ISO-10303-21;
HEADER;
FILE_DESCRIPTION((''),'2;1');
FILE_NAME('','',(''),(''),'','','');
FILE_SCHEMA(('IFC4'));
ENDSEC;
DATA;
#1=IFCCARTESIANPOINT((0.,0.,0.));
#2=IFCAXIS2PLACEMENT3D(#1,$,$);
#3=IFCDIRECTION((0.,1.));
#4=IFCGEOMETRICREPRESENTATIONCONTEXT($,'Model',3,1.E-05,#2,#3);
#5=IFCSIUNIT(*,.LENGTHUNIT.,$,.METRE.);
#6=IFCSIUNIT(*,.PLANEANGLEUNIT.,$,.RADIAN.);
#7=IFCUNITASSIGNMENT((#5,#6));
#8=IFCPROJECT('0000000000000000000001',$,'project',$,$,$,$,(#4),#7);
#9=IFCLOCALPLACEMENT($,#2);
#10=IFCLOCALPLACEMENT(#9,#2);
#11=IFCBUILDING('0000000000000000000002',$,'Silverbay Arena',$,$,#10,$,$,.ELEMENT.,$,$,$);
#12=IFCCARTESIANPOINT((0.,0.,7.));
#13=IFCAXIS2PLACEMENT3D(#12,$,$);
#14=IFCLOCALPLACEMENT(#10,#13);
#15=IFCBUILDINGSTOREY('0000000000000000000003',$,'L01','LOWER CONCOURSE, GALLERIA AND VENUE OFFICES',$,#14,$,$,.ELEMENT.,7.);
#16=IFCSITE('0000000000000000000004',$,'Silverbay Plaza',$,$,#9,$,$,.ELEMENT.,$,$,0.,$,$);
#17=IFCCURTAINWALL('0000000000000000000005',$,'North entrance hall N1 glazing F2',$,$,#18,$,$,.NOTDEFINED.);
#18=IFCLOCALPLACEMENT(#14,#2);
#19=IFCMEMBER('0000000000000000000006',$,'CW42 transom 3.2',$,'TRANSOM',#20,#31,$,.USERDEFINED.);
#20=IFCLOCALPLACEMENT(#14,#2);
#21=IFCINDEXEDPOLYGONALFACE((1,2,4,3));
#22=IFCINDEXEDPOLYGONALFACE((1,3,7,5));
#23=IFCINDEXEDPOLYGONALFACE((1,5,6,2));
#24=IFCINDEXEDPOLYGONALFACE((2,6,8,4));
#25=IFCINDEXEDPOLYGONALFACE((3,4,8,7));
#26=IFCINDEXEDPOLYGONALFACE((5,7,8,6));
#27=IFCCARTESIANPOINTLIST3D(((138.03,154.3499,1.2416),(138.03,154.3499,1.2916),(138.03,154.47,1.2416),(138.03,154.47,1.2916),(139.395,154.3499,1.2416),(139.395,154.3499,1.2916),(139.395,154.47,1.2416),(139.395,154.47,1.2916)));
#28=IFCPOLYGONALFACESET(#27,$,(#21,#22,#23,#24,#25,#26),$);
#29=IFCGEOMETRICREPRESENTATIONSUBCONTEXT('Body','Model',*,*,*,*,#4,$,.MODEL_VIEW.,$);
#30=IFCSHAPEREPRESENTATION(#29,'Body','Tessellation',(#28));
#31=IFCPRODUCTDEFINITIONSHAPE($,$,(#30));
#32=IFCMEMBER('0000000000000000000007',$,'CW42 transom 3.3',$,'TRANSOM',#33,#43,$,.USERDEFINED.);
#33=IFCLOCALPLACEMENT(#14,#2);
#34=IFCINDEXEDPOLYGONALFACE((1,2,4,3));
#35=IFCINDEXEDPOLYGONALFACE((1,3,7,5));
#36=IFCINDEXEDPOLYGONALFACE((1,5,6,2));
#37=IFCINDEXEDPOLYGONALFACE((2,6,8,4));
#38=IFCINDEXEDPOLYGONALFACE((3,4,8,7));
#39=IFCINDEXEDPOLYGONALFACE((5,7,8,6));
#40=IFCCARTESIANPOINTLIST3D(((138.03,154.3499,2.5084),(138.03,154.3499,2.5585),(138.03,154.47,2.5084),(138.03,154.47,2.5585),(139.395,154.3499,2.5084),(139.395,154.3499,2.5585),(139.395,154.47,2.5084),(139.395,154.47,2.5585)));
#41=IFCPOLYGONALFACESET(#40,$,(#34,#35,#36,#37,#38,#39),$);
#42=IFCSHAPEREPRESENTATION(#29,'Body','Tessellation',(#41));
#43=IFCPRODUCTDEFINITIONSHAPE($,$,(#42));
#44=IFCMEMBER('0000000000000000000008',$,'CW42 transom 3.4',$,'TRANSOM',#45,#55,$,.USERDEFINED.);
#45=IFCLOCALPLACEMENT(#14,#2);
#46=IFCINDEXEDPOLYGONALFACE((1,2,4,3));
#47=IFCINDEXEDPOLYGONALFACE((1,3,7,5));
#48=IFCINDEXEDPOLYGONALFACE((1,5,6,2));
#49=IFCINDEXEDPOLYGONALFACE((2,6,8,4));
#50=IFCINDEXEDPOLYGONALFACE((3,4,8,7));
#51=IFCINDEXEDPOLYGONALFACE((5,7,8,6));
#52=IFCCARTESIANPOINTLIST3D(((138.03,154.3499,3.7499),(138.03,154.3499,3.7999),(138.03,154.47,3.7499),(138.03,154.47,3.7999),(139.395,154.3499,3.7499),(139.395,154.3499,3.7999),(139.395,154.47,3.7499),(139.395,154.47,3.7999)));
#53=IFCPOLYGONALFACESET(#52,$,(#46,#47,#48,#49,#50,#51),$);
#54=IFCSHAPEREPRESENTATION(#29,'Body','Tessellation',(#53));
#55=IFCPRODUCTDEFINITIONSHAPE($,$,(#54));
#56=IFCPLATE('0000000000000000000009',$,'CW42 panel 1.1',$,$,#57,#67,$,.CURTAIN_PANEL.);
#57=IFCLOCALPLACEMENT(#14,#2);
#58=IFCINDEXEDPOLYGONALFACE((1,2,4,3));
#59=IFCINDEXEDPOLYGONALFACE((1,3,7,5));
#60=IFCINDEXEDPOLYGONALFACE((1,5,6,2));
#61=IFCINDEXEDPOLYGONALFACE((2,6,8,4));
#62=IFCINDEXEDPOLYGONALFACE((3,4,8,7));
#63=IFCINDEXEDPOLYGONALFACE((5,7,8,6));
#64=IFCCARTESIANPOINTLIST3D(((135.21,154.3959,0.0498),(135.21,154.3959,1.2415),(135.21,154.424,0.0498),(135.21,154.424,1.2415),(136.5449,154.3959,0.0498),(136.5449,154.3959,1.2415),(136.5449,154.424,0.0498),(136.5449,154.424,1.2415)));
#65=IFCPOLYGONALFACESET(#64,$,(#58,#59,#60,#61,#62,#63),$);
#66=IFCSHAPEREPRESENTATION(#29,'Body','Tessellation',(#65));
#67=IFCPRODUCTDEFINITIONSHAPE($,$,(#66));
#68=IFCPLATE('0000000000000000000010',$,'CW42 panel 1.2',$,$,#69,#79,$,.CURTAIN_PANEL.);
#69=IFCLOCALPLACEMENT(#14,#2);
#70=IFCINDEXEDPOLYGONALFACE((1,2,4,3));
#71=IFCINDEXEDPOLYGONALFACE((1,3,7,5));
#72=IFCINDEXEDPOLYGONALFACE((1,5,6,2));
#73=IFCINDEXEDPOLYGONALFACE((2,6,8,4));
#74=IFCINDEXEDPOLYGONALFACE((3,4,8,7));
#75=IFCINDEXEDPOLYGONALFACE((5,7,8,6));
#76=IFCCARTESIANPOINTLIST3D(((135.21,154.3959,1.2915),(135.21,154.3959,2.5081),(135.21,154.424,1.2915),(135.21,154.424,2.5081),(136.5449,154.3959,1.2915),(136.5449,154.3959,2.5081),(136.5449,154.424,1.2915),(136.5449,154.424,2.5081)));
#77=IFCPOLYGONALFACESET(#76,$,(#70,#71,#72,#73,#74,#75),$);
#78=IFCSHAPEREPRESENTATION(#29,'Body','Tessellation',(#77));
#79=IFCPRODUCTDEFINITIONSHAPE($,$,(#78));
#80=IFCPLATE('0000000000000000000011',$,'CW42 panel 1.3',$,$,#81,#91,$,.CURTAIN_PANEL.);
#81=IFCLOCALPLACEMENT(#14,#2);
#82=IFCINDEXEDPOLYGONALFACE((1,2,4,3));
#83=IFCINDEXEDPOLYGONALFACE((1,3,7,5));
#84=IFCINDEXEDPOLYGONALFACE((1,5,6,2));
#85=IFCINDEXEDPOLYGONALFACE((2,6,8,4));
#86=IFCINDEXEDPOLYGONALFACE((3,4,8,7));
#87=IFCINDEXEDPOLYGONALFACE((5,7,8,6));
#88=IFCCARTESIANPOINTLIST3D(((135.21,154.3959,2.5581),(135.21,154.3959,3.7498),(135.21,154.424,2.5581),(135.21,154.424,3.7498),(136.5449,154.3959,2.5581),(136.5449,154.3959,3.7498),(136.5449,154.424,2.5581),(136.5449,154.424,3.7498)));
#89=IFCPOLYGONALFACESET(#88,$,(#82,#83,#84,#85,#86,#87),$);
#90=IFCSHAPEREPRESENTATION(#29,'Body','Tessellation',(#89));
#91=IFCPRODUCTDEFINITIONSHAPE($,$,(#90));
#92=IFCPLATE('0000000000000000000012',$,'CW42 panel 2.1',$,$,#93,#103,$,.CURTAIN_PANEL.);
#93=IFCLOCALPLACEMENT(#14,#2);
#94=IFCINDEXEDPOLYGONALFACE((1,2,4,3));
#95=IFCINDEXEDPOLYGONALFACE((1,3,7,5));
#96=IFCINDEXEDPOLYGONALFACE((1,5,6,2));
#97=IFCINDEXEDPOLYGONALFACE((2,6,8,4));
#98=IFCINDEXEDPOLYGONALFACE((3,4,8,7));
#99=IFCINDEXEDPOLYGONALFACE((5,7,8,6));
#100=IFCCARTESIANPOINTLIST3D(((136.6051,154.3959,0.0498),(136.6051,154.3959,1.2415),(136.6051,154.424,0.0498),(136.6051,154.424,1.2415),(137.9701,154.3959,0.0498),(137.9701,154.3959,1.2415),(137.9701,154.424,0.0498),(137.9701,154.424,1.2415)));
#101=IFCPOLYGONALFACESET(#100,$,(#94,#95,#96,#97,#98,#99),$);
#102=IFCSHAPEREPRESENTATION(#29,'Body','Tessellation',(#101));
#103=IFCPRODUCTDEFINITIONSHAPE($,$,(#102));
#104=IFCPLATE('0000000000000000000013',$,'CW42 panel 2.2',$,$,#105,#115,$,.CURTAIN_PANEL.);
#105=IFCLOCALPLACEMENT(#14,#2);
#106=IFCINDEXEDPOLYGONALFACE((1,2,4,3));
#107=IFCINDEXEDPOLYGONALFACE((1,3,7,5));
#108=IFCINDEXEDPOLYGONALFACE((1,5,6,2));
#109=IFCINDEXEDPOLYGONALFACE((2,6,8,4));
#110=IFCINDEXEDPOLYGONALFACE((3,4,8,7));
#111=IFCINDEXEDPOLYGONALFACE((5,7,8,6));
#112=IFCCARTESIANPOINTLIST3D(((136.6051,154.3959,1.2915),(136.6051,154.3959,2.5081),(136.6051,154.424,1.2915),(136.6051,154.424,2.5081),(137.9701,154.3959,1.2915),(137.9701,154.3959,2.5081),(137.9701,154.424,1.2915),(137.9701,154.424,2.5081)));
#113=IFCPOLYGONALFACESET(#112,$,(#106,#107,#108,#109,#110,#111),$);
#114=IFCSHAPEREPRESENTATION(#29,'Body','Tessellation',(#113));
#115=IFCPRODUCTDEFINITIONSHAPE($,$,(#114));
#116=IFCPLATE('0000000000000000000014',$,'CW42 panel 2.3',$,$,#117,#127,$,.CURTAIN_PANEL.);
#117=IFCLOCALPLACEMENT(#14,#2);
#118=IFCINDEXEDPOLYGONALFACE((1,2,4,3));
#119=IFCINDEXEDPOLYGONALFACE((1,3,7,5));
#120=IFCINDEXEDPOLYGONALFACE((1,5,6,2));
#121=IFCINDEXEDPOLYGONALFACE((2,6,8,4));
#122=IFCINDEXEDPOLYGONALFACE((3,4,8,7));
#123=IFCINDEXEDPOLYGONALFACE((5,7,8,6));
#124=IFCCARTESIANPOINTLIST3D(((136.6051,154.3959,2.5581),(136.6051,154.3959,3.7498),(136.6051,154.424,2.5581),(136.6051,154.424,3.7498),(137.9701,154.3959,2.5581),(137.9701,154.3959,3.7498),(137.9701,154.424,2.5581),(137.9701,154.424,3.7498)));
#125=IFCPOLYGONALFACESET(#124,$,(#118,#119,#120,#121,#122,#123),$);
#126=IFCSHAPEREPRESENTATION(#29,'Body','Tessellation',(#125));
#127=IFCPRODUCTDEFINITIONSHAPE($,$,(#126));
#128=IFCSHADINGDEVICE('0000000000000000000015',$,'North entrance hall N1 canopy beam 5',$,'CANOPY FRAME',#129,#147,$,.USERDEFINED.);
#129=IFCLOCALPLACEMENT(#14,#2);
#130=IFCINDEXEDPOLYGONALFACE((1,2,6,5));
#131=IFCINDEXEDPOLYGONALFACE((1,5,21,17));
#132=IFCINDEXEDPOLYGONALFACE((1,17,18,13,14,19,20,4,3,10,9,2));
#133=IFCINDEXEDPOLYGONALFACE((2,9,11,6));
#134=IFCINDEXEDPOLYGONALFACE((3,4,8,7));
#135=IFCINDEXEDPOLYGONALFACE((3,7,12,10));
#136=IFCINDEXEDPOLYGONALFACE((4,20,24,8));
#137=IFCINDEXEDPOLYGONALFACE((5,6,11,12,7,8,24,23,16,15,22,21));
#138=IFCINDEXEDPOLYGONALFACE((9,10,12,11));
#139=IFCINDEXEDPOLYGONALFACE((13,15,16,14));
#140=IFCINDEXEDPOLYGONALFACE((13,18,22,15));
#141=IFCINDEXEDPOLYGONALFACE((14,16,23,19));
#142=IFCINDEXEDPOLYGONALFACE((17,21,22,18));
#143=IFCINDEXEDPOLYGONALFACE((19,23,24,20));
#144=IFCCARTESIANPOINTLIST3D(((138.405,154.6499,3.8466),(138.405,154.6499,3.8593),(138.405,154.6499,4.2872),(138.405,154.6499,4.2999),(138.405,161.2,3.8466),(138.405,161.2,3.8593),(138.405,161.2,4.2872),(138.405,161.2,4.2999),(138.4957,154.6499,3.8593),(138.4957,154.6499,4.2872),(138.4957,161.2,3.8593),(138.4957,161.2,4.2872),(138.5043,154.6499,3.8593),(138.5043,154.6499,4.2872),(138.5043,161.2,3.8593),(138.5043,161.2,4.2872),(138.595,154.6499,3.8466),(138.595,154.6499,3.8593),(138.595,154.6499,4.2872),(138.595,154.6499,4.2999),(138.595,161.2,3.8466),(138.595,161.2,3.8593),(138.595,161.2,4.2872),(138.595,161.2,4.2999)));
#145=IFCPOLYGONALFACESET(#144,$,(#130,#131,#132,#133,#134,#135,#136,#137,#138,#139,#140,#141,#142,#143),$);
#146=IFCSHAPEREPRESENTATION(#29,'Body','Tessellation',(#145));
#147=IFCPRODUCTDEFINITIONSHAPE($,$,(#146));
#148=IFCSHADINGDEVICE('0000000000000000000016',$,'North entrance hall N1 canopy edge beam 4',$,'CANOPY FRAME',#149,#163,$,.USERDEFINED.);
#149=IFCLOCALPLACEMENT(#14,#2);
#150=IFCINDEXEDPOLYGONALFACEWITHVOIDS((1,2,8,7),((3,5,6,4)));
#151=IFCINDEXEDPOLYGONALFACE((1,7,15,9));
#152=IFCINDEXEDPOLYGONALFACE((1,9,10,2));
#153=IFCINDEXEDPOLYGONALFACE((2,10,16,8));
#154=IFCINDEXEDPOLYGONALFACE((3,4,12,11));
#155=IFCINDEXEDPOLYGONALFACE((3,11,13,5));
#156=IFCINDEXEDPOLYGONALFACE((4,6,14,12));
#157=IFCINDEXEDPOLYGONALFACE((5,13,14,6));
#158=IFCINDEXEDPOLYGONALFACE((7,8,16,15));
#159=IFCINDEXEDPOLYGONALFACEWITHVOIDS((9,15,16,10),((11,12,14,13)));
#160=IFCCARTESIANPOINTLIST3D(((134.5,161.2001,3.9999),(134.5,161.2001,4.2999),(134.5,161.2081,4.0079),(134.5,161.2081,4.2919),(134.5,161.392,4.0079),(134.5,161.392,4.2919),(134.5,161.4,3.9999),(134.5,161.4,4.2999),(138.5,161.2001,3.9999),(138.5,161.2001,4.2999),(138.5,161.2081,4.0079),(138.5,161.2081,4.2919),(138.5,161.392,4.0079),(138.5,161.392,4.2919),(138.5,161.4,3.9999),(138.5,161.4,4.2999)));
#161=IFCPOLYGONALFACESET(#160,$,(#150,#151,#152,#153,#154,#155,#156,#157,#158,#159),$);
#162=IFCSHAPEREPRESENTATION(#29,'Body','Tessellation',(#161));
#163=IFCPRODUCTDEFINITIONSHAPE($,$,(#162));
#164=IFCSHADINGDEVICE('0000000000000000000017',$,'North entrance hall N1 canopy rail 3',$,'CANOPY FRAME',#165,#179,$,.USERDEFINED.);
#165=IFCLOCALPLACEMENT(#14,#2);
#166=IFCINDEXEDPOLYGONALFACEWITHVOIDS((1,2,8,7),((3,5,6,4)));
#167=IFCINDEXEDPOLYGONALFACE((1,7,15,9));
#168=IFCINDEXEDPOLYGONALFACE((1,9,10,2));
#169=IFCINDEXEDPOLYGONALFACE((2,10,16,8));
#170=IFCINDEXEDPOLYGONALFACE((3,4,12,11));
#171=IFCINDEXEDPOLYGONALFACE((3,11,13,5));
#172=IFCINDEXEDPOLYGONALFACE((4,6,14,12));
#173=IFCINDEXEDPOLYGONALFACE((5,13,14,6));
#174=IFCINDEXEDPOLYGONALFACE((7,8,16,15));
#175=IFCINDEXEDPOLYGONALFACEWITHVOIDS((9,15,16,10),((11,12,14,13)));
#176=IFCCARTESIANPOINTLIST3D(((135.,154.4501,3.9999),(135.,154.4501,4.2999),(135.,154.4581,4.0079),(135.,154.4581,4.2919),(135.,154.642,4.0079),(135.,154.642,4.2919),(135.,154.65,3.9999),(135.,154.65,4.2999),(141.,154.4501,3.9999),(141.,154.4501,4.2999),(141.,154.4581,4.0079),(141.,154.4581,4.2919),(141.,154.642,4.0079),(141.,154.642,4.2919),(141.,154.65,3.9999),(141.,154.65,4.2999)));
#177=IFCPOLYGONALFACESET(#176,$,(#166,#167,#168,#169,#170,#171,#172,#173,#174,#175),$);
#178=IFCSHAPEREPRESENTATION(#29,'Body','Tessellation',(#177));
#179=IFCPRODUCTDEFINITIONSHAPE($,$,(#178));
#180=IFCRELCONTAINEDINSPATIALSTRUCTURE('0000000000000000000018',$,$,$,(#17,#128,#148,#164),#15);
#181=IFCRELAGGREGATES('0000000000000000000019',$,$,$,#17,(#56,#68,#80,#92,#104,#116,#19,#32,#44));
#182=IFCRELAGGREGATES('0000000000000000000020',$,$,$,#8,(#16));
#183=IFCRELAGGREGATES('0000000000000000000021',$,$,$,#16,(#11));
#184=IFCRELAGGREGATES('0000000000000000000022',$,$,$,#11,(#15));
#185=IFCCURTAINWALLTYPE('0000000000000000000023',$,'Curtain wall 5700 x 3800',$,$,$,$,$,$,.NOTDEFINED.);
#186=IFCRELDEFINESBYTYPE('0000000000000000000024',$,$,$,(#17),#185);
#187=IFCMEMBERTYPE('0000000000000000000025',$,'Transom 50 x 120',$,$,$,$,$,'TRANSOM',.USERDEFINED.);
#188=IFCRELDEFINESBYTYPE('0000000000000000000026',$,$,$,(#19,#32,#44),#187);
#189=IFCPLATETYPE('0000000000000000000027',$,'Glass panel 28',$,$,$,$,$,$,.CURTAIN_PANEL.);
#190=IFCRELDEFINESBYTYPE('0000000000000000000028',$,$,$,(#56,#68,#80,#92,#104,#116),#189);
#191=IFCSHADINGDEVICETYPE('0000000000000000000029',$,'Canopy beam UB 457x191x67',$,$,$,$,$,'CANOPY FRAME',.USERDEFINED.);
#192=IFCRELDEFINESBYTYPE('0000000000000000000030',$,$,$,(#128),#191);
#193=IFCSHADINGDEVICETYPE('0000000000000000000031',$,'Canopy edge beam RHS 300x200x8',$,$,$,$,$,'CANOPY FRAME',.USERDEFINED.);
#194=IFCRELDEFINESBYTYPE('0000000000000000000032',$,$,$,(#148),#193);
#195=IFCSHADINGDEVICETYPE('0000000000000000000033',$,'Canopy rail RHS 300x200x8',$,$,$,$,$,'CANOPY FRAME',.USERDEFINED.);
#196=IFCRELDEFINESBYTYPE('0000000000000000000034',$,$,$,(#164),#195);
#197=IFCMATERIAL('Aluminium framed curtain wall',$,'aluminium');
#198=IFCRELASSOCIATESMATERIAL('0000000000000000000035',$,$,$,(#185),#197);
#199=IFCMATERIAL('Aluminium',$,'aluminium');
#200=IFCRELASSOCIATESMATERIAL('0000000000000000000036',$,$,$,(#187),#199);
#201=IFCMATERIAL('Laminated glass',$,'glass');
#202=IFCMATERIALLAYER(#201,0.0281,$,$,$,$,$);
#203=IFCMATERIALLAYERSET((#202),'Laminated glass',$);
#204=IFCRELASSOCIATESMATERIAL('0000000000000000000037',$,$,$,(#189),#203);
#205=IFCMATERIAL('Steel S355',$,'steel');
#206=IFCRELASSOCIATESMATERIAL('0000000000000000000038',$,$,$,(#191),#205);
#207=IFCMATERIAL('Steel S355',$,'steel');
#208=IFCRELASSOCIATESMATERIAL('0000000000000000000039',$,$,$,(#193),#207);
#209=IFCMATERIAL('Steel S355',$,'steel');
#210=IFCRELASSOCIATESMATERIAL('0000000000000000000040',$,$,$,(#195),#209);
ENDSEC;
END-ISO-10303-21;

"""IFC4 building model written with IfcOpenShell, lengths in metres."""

from ifc_helpers import new_model, si_unit, direction, frame, origin, origin_2d, place, context, subcontext, project, spatial, rectangle, hollow_rectangle, i_section, extrude, material, layer, layer_set, material_profile, profile_set, type_object, element, aggregate, save


model = new_model("IFC4")

# Units and contexts
model_context = context("Model", 3, precision=1e-05, world=origin(), true_north=direction((0.0, 1.0)))
body_context = subcontext(model_context, "Body", "Model", "MODEL_VIEW")
ifc_project = project(units=[si_unit("LENGTHUNIT", "METRE"), si_unit("PLANEANGLEUNIT", "RADIAN")], contexts=[model_context])

# Site, building, storey
site_placement = place(None, origin())
site = spatial("IfcSite", under=ifc_project, at=site_placement, Name="Silverbay Plaza", CompositionType="ELEMENT", RefElevation=0.0)
building_placement = place(site_placement, origin())
building = spatial("IfcBuilding", under=site, at=building_placement, Name="Silverbay Arena", CompositionType="ELEMENT")
storey_placement = place(building_placement, frame((0.0, 0.0, 7.0)))
storey = spatial("IfcBuildingStorey", under=building, at=storey_placement, Name="L01", Description="LOWER CONCOURSE, GALLERIA AND VENUE OFFICES", CompositionType="ELEMENT", Elevation=7.0)

# Curtain wall, members, plates
ifc_material_1 = material(Name="Aluminium framed curtain wall", Category="aluminium")
curtain_wall_type_1 = type_object("IfcCurtainWallType", Name="Curtain wall 5700 x 3800", PredefinedType="NOTDEFINED", material=ifc_material_1)
curtain_wall_1_placement = place(storey_placement, origin())
curtain_wall_1 = element("IfcCurtainWall", 1, at=curtain_wall_1_placement, inside=storey, type_object=curtain_wall_type_1, Name="North entrance hall N1 glazing F2", PredefinedType="NOTDEFINED")
ifc_material_2 = material(Name="Aluminium", Category="aluminium")
ifc_material_profile_1 = material_profile(ifc_material_2, rectangle(XDim=0.1201, YDim=0.05, at=origin_2d()), Name="Transom 50 x 120")
ifc_profile_set_1 = profile_set([ifc_material_profile_1], Name="Aluminium")
member_type_1 = type_object("IfcMemberType", Name="Transom 50 x 120", ElementType="TRANSOM", PredefinedType="USERDEFINED", material=ifc_profile_set_1)
member_1_placement = place(storey_placement, frame((138.03, 154.4099, 1.2666), z_axis=(1.0, 0.0, 0.0), x_axis=(0.0, 1.0, 0.0)))
member_1 = element("IfcMember", 2, at=member_1_placement, type_object=member_type_1, Name="CW42 transom 3.2", ObjectType="TRANSOM", PredefinedType="USERDEFINED", context=body_context, shape_type="SweptSolid", body=[
    extrude(rectangle(XDim=0.1201, YDim=0.05, at=origin_2d()), origin(), (0.0, 0.0, 1.0), 1.365),
])
member_2_placement = place(storey_placement, frame((138.03, 154.4099, 2.5334), z_axis=(1.0, 0.0, 0.0), x_axis=(0.0, 1.0, 0.0)))
member_2 = element("IfcMember", 3, at=member_2_placement, type_object=member_type_1, Name="CW42 transom 3.3", ObjectType="TRANSOM", PredefinedType="USERDEFINED", context=body_context, shape_type="SweptSolid", body=[
    extrude(rectangle(XDim=0.1201, YDim=0.05, at=origin_2d()), origin(), (0.0, 0.0, 1.0), 1.365),
])
member_3_placement = place(storey_placement, frame((138.03, 154.4099, 3.7749), z_axis=(1.0, 0.0, 0.0), x_axis=(0.0, 1.0, 0.0)))
member_3 = element("IfcMember", 4, at=member_3_placement, type_object=member_type_1, Name="CW42 transom 3.4", ObjectType="TRANSOM", PredefinedType="USERDEFINED", context=body_context, shape_type="SweptSolid", body=[
    extrude(rectangle(XDim=0.1201, YDim=0.05, at=origin_2d()), origin(), (0.0, 0.0, 1.0), 1.365),
])
ifc_material_3 = material(Name="Laminated glass", Category="glass")
ifc_layer = layer(ifc_material_3, 0.0281)
ifc_layer_set = layer_set([ifc_layer], Name="Laminated glass")
plate_type = type_object("IfcPlateType", Name="Glass panel 28", PredefinedType="CURTAIN_PANEL", material=ifc_layer_set)
plate_1_placement = place(storey_placement, frame((135.8774, 154.4099, 0.0498), z_axis=(0.0, 0.0, 1.0), x_axis=(1.0, 0.0, 0.0)))
plate_1 = element("IfcPlate", 5, at=plate_1_placement, type_object=plate_type, Name="CW42 panel 1.1", PredefinedType="CURTAIN_PANEL", context=body_context, shape_type="SweptSolid", body=[
    extrude(rectangle(XDim=1.335, YDim=0.0281, at=origin_2d()), origin(), (0.0, 0.0, 1.0), 1.1917),
])
plate_2_placement = place(storey_placement, frame((135.8774, 154.4099, 1.2915), z_axis=(0.0, 0.0, 1.0), x_axis=(1.0, 0.0, 0.0)))
plate_2 = element("IfcPlate", 6, at=plate_2_placement, type_object=plate_type, Name="CW42 panel 1.2", PredefinedType="CURTAIN_PANEL", context=body_context, shape_type="SweptSolid", body=[
    extrude(rectangle(XDim=1.335, YDim=0.0281, at=origin_2d()), origin(), (0.0, 0.0, 1.0), 1.2166),
])
plate_3_placement = place(storey_placement, frame((135.8774, 154.4099, 2.5581), z_axis=(0.0, 0.0, 1.0), x_axis=(1.0, 0.0, 0.0)))
plate_3 = element("IfcPlate", 7, at=plate_3_placement, type_object=plate_type, Name="CW42 panel 1.3", PredefinedType="CURTAIN_PANEL", context=body_context, shape_type="SweptSolid", body=[
    extrude(rectangle(XDim=1.335, YDim=0.0281, at=origin_2d()), origin(), (0.0, 0.0, 1.0), 1.1917),
])
plate_4_placement = place(storey_placement, frame((137.2876, 154.4099, 0.0498), z_axis=(0.0, 0.0, 1.0), x_axis=(1.0, 0.0, 0.0)))
plate_4 = element("IfcPlate", 8, at=plate_4_placement, type_object=plate_type, Name="CW42 panel 2.1", PredefinedType="CURTAIN_PANEL", context=body_context, shape_type="SweptSolid", body=[
    extrude(rectangle(XDim=1.365, YDim=0.0281, at=origin_2d()), origin(), (0.0, 0.0, 1.0), 1.1917),
])
plate_5_placement = place(storey_placement, frame((137.2876, 154.4099, 1.2915), z_axis=(0.0, 0.0, 1.0), x_axis=(1.0, 0.0, 0.0)))
plate_5 = element("IfcPlate", 9, at=plate_5_placement, type_object=plate_type, Name="CW42 panel 2.2", PredefinedType="CURTAIN_PANEL", context=body_context, shape_type="SweptSolid", body=[
    extrude(rectangle(XDim=1.365, YDim=0.0281, at=origin_2d()), origin(), (0.0, 0.0, 1.0), 1.2166),
])
plate_6_placement = place(storey_placement, frame((137.2876, 154.4099, 2.5581), z_axis=(0.0, 0.0, 1.0), x_axis=(1.0, 0.0, 0.0)))
plate_6 = element("IfcPlate", 10, at=plate_6_placement, type_object=plate_type, Name="CW42 panel 2.3", PredefinedType="CURTAIN_PANEL", context=body_context, shape_type="SweptSolid", body=[
    extrude(rectangle(XDim=1.365, YDim=0.0281, at=origin_2d()), origin(), (0.0, 0.0, 1.0), 1.1917),
])
aggregate(curtain_wall_1, [plate_1, plate_2, plate_3, plate_4, plate_5, plate_6, member_1, member_2, member_3])

# Shading devices
ifc_material_4 = material(Name="Steel S355", Category="steel")
ifc_material_profile_2 = material_profile(ifc_material_4, i_section(OverallWidth=0.1899, OverallDepth=0.4534, WebThickness=0.0085, FlangeThickness=0.0127, at=origin_2d()), Name="UB 457x191x67")
ifc_profile_set_2 = profile_set([ifc_material_profile_2], Name="Steel S355")
shading_device_type_1 = type_object("IfcShadingDeviceType", Name="Canopy beam UB 457x191x67", ElementType="CANOPY FRAME", PredefinedType="USERDEFINED", material=ifc_profile_set_2)
shading_device_1_placement = place(storey_placement, frame((138.5, 154.6499, 4.0732), z_axis=(0.0, 1.0, 0.0), x_axis=(-1.0, 0.0, 0.0)))
element("IfcShadingDevice", 11, at=shading_device_1_placement, inside=storey, type_object=shading_device_type_1, Name="North entrance hall N1 canopy beam 5", ObjectType="CANOPY FRAME", PredefinedType="USERDEFINED", context=body_context, shape_type="SweptSolid", body=[
    extrude(i_section(OverallWidth=0.1899, OverallDepth=0.4534, WebThickness=0.0085, FlangeThickness=0.0127, at=origin_2d()), origin(), (0.0, 0.0, 1.0), 6.55),
])
ifc_material_5 = material(Name="Steel S355", Category="steel")
ifc_material_profile_3 = material_profile(ifc_material_5, hollow_rectangle(XDim=0.2, YDim=0.3, WallThickness=0.0081, at=origin_2d()), Name="RHS 300x200x8")
ifc_profile_set_3 = profile_set([ifc_material_profile_3], Name="Steel S355")
shading_device_type_2 = type_object("IfcShadingDeviceType", Name="Canopy edge beam RHS 300x200x8", ElementType="CANOPY FRAME", PredefinedType="USERDEFINED", material=ifc_profile_set_3)
shading_device_2_placement = place(storey_placement, frame((134.5, 161.3, 4.1499), z_axis=(1.0, 0.0, 0.0), x_axis=(0.0, 1.0, 0.0)))
element("IfcShadingDevice", 12, at=shading_device_2_placement, inside=storey, type_object=shading_device_type_2, Name="North entrance hall N1 canopy edge beam 4", ObjectType="CANOPY FRAME", PredefinedType="USERDEFINED", context=body_context, shape_type="SweptSolid", body=[
    extrude(hollow_rectangle(XDim=0.2, YDim=0.3, WallThickness=0.0081, at=origin_2d()), origin(), (0.0, 0.0, 1.0), 4.0),
])
ifc_material_6 = material(Name="Steel S355", Category="steel")
ifc_material_profile_4 = material_profile(ifc_material_6, hollow_rectangle(XDim=0.2, YDim=0.3, WallThickness=0.0081, at=origin_2d()), Name="RHS 300x200x8")
ifc_profile_set_4 = profile_set([ifc_material_profile_4], Name="Steel S355")
shading_device_type_3 = type_object("IfcShadingDeviceType", Name="Canopy rail RHS 300x200x8", ElementType="CANOPY FRAME", PredefinedType="USERDEFINED", material=ifc_profile_set_4)
shading_device_3_placement = place(storey_placement, frame((135.0, 154.55, 4.1499), z_axis=(1.0, 0.0, 0.0), x_axis=(0.0, 1.0, 0.0)))
element("IfcShadingDevice", 13, at=shading_device_3_placement, inside=storey, type_object=shading_device_type_3, Name="North entrance hall N1 canopy rail 3", ObjectType="CANOPY FRAME", PredefinedType="USERDEFINED", context=body_context, shape_type="SweptSolid", body=[
    extrude(hollow_rectangle(XDim=0.2, YDim=0.3, WallThickness=0.0081, at=origin_2d()), origin(), (0.0, 0.0, 1.0), 6.0),
])

save(model, "model.ifc")
